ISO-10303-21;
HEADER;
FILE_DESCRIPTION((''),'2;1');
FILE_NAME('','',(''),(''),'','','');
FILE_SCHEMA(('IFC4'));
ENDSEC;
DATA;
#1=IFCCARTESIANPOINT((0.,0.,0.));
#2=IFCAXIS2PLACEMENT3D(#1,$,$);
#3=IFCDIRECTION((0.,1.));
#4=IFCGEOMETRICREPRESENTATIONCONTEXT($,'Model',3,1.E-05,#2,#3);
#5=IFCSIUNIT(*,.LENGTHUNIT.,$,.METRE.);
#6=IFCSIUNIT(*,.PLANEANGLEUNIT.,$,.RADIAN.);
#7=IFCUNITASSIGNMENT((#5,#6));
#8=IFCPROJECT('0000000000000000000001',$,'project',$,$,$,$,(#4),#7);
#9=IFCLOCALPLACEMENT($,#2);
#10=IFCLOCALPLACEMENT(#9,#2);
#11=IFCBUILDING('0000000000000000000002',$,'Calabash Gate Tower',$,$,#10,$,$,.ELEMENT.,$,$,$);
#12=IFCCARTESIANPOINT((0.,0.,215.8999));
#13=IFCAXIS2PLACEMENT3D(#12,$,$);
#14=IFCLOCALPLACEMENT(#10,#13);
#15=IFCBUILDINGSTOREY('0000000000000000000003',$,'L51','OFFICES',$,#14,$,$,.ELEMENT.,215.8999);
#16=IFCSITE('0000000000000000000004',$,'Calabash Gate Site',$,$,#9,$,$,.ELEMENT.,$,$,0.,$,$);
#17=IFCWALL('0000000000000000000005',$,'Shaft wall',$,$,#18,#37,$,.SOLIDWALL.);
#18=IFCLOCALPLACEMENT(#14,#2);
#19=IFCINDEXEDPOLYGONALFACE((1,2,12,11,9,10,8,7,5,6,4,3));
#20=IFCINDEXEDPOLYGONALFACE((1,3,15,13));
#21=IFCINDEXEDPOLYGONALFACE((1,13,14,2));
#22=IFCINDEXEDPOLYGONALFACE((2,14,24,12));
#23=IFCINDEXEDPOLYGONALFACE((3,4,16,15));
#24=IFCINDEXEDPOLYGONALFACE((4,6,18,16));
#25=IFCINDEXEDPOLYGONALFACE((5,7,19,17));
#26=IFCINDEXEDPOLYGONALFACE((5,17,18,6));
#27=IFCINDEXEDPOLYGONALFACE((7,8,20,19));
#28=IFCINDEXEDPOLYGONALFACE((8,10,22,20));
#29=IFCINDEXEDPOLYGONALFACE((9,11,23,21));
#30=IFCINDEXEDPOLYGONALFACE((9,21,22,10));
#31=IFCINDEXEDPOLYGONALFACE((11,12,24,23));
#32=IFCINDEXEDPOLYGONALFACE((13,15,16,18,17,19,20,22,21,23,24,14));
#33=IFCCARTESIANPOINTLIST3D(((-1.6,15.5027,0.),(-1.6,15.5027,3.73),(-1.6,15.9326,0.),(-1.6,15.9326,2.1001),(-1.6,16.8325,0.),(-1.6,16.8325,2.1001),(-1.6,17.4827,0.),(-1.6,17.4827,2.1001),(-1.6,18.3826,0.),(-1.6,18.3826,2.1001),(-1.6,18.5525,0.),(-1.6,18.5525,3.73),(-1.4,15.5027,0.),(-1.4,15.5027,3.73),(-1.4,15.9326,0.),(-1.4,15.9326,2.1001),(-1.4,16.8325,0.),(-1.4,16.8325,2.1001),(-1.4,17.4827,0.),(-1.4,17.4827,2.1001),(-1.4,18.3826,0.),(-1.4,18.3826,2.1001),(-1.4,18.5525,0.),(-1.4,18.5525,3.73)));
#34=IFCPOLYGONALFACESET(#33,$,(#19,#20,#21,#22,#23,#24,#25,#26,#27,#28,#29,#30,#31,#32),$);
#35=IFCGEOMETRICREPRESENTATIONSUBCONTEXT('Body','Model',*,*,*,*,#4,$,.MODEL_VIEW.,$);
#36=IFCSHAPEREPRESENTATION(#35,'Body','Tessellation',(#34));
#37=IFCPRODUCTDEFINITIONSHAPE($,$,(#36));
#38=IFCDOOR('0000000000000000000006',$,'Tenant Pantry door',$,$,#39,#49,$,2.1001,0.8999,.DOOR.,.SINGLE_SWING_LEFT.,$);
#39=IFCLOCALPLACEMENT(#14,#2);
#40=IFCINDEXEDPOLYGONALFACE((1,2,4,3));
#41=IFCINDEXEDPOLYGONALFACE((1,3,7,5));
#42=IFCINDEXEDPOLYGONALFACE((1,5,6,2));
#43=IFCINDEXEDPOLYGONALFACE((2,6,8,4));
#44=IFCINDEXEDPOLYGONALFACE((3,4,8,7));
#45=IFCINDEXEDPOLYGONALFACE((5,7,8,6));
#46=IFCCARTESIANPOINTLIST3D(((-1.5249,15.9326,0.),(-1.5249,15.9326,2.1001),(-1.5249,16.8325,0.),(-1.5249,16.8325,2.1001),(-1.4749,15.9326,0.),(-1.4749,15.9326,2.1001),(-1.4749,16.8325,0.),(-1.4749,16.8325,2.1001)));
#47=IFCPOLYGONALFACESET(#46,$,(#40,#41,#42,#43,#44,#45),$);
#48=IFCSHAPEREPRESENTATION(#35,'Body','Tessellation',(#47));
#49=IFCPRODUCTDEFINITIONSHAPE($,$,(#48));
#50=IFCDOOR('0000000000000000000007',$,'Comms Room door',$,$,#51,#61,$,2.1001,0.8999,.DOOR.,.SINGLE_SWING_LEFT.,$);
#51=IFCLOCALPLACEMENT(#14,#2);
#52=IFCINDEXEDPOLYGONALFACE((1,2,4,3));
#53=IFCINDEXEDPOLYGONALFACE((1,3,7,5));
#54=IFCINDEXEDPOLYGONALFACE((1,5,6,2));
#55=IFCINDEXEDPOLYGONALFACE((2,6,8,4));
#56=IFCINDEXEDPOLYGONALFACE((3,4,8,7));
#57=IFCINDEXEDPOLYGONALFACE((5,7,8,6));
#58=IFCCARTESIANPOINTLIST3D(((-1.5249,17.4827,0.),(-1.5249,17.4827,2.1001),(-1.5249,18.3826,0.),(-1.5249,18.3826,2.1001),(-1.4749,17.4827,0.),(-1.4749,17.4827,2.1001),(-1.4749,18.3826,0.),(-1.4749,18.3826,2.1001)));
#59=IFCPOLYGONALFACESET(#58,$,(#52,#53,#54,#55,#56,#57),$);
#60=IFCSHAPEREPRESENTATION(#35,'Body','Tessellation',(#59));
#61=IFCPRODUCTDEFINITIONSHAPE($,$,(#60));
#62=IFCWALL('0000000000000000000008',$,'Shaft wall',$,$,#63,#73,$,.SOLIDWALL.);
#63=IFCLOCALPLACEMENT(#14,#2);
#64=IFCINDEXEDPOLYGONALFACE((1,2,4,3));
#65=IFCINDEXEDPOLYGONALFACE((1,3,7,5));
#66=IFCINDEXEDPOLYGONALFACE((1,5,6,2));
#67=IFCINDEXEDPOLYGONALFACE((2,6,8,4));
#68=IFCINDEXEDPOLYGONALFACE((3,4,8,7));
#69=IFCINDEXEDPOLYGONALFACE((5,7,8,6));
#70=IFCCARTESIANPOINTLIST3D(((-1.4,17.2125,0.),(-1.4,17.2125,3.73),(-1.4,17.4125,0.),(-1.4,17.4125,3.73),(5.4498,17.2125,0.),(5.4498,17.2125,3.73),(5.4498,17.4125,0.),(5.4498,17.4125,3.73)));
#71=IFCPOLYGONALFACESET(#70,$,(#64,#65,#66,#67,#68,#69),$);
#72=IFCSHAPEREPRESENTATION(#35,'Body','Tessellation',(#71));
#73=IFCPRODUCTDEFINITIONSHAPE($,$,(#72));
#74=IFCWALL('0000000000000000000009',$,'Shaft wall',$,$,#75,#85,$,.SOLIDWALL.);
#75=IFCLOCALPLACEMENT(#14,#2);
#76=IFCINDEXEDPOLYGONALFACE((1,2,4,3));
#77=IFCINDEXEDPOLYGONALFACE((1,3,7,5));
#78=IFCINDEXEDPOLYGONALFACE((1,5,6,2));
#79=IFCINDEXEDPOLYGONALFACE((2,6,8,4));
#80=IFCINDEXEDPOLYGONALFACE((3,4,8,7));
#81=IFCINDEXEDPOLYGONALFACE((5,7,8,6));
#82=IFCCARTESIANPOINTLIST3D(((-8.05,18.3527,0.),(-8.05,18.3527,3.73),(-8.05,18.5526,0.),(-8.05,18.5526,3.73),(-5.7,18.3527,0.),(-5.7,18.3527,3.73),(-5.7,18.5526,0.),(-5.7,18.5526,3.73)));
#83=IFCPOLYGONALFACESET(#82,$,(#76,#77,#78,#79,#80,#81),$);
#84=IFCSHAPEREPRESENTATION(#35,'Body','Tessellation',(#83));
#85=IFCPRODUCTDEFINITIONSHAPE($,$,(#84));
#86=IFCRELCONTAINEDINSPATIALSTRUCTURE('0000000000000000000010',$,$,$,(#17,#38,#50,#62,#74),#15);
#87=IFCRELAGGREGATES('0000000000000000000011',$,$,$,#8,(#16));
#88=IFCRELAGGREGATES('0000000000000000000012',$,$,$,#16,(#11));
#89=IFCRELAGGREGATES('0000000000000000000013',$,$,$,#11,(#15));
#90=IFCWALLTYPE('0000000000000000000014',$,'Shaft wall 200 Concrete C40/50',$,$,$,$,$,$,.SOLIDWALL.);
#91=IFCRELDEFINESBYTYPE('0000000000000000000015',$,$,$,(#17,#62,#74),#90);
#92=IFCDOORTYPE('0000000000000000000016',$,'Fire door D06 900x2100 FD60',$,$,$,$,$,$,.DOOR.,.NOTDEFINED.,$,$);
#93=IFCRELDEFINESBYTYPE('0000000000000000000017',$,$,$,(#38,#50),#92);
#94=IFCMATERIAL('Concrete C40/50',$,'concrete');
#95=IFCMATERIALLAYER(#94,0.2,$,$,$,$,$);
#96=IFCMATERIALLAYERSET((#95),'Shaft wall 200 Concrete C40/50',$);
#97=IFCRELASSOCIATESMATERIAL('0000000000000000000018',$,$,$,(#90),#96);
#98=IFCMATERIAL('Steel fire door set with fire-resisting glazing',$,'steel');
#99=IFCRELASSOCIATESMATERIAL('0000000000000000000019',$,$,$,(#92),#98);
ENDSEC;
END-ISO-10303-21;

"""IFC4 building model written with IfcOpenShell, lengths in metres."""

from ifc_helpers import new_model, si_unit, direction, frame, frame_2d, origin, place, context, subcontext, project, spatial, rectangle, extrude, material, layer, layer_set, type_object, element, fill, save


model = new_model("IFC4")

# Units and contexts
model_context = context("Model", 3, precision=1e-05, world=origin(), true_north=direction((0.0, 1.0)))
body_context = subcontext(model_context, "Body", "Model", "MODEL_VIEW")
ifc_project = project(units=[si_unit("LENGTHUNIT", "METRE"), si_unit("PLANEANGLEUNIT", "RADIAN")], contexts=[model_context])

# Site, building, storey
site_placement = place(None, origin())
site = spatial("IfcSite", under=ifc_project, at=site_placement, Name="Calabash Gate Site", CompositionType="ELEMENT", RefElevation=0.0)
building_placement = place(site_placement, origin())
building = spatial("IfcBuilding", under=site, at=building_placement, Name="Calabash Gate Tower", CompositionType="ELEMENT")
storey_placement = place(building_placement, frame((0.0, 0.0, 215.8999)))
storey = spatial("IfcBuildingStorey", under=building, at=storey_placement, Name="L51", Description="OFFICES", CompositionType="ELEMENT", Elevation=215.8999)

# Shared definitions
ifc_material_1 = material(Name="Concrete C40/50", Category="concrete")
ifc_layer = layer(ifc_material_1, 0.2)
ifc_layer_set = layer_set([ifc_layer], Name="Shaft wall 200 Concrete C40/50")
wall_type = type_object("IfcWallType", Name="Shaft wall 200 Concrete C40/50", PredefinedType="SOLIDWALL", material=ifc_layer_set)

# Shared definitions
ifc_material_2 = material(Name="Steel fire door set with fire-resisting glazing", Category="steel")
door_type_1 = type_object("IfcDoorType", Name="Fire door D06 900x2100 FD60", OperationType="NOTDEFINED", PredefinedType="DOOR", material=ifc_material_2)

# Wall, openings, doors
wall_1_placement = place(storey_placement, frame((-1.5, 15.5027, 0.0), z_axis=(0.0, 0.0, 1.0), x_axis=(0.0, 1.0, 0.0)))
wall_1 = element("IfcWall", 1, at=wall_1_placement, inside=storey, type_object=wall_type, Name="Shaft wall", PredefinedType="SOLIDWALL", context=body_context, shape_type="SweptSolid", body=[
    extrude(rectangle(XDim=3.0498, YDim=0.2, at=frame_2d((1.5249, 0.0))), origin(), (0.0, 0.0, 1.0), 3.73),
])
opening_1_placement = place(wall_1_placement, frame((0.4299, 0.0, 0.0)))
opening_1 = element("IfcOpeningElement", 2, at=opening_1_placement, cuts=wall_1, PredefinedType="OPENING", context=body_context, shape_type="SweptSolid", body=[
    extrude(rectangle(XDim=0.8999, YDim=2.1001, at=frame_2d((0.45, 1.05))), frame((0.0, 0.1099, 0.0), z_axis=(0.0, -1.0, 0.0), x_axis=(1.0, 0.0, 0.0)), (0.0, 0.0, 1.0), 0.22),
])
opening_2_placement = place(wall_1_placement, frame((1.98, 0.0, 0.0)))
opening_2 = element("IfcOpeningElement", 3, at=opening_2_placement, cuts=wall_1, PredefinedType="OPENING", context=body_context, shape_type="SweptSolid", body=[
    extrude(rectangle(XDim=0.8999, YDim=2.1001, at=frame_2d((0.45, 1.05))), frame((0.0, 0.1099, 0.0), z_axis=(0.0, -1.0, 0.0), x_axis=(1.0, 0.0, 0.0)), (0.0, 0.0, 1.0), 0.22),
])
door_1_placement = place(opening_1_placement, origin())
door_1 = element("IfcDoor", 4, at=door_1_placement, inside=storey, type_object=door_type_1, Name="Tenant Pantry door", OperationType="SINGLE_SWING_LEFT", OverallHeight=2.1001, OverallWidth=0.8999, PredefinedType="DOOR", context=body_context, shape_type="SweptSolid", body=[
    extrude(rectangle(XDim=0.8999, YDim=2.1001, at=frame_2d((0.45, 1.05))), frame((0.0, 0.0249, 0.0), z_axis=(0.0, -1.0, 0.0), x_axis=(1.0, 0.0, 0.0)), (0.0, 0.0, 1.0), 0.05),
])
fill(opening_1, door_1)
door_2_placement = place(opening_2_placement, origin())
door_2 = element("IfcDoor", 5, at=door_2_placement, inside=storey, type_object=door_type_1, Name="Comms Room door", OperationType="SINGLE_SWING_LEFT", OverallHeight=2.1001, OverallWidth=0.8999, PredefinedType="DOOR", context=body_context, shape_type="SweptSolid", body=[
    extrude(rectangle(XDim=0.8999, YDim=2.1001, at=frame_2d((0.45, 1.05))), frame((0.0, 0.0249, 0.0), z_axis=(0.0, -1.0, 0.0), x_axis=(1.0, 0.0, 0.0)), (0.0, 0.0, 1.0), 0.05),
])
fill(opening_2, door_2)

# Walls
wall_2_placement = place(storey_placement, frame((-1.3999, 17.3125, 0.0), z_axis=(0.0, 0.0, 1.0), x_axis=(1.0, 0.0, 0.0)))
element("IfcWall", 6, at=wall_2_placement, inside=storey, type_object=wall_type, Name="Shaft wall", PredefinedType="SOLIDWALL", context=body_context, shape_type="SweptSolid", body=[
    extrude(rectangle(XDim=6.8499, YDim=0.2, at=frame_2d((3.4248, 0.0))), origin(), (0.0, 0.0, 1.0), 3.73),
])
wall_3_placement = place(storey_placement, frame((-8.05, 18.4526, 0.0), z_axis=(0.0, 0.0, 1.0), x_axis=(1.0, 0.0, 0.0)))
element("IfcWall", 7, at=wall_3_placement, inside=storey, type_object=wall_type, Name="Shaft wall", PredefinedType="SOLIDWALL", context=body_context, shape_type="SweptSolid", body=[
    extrude(rectangle(XDim=2.3501, YDim=0.2, at=frame_2d((1.175, 0.0))), origin(), (0.0, 0.0, 1.0), 3.73),
])

save(model, "model.ifc")
